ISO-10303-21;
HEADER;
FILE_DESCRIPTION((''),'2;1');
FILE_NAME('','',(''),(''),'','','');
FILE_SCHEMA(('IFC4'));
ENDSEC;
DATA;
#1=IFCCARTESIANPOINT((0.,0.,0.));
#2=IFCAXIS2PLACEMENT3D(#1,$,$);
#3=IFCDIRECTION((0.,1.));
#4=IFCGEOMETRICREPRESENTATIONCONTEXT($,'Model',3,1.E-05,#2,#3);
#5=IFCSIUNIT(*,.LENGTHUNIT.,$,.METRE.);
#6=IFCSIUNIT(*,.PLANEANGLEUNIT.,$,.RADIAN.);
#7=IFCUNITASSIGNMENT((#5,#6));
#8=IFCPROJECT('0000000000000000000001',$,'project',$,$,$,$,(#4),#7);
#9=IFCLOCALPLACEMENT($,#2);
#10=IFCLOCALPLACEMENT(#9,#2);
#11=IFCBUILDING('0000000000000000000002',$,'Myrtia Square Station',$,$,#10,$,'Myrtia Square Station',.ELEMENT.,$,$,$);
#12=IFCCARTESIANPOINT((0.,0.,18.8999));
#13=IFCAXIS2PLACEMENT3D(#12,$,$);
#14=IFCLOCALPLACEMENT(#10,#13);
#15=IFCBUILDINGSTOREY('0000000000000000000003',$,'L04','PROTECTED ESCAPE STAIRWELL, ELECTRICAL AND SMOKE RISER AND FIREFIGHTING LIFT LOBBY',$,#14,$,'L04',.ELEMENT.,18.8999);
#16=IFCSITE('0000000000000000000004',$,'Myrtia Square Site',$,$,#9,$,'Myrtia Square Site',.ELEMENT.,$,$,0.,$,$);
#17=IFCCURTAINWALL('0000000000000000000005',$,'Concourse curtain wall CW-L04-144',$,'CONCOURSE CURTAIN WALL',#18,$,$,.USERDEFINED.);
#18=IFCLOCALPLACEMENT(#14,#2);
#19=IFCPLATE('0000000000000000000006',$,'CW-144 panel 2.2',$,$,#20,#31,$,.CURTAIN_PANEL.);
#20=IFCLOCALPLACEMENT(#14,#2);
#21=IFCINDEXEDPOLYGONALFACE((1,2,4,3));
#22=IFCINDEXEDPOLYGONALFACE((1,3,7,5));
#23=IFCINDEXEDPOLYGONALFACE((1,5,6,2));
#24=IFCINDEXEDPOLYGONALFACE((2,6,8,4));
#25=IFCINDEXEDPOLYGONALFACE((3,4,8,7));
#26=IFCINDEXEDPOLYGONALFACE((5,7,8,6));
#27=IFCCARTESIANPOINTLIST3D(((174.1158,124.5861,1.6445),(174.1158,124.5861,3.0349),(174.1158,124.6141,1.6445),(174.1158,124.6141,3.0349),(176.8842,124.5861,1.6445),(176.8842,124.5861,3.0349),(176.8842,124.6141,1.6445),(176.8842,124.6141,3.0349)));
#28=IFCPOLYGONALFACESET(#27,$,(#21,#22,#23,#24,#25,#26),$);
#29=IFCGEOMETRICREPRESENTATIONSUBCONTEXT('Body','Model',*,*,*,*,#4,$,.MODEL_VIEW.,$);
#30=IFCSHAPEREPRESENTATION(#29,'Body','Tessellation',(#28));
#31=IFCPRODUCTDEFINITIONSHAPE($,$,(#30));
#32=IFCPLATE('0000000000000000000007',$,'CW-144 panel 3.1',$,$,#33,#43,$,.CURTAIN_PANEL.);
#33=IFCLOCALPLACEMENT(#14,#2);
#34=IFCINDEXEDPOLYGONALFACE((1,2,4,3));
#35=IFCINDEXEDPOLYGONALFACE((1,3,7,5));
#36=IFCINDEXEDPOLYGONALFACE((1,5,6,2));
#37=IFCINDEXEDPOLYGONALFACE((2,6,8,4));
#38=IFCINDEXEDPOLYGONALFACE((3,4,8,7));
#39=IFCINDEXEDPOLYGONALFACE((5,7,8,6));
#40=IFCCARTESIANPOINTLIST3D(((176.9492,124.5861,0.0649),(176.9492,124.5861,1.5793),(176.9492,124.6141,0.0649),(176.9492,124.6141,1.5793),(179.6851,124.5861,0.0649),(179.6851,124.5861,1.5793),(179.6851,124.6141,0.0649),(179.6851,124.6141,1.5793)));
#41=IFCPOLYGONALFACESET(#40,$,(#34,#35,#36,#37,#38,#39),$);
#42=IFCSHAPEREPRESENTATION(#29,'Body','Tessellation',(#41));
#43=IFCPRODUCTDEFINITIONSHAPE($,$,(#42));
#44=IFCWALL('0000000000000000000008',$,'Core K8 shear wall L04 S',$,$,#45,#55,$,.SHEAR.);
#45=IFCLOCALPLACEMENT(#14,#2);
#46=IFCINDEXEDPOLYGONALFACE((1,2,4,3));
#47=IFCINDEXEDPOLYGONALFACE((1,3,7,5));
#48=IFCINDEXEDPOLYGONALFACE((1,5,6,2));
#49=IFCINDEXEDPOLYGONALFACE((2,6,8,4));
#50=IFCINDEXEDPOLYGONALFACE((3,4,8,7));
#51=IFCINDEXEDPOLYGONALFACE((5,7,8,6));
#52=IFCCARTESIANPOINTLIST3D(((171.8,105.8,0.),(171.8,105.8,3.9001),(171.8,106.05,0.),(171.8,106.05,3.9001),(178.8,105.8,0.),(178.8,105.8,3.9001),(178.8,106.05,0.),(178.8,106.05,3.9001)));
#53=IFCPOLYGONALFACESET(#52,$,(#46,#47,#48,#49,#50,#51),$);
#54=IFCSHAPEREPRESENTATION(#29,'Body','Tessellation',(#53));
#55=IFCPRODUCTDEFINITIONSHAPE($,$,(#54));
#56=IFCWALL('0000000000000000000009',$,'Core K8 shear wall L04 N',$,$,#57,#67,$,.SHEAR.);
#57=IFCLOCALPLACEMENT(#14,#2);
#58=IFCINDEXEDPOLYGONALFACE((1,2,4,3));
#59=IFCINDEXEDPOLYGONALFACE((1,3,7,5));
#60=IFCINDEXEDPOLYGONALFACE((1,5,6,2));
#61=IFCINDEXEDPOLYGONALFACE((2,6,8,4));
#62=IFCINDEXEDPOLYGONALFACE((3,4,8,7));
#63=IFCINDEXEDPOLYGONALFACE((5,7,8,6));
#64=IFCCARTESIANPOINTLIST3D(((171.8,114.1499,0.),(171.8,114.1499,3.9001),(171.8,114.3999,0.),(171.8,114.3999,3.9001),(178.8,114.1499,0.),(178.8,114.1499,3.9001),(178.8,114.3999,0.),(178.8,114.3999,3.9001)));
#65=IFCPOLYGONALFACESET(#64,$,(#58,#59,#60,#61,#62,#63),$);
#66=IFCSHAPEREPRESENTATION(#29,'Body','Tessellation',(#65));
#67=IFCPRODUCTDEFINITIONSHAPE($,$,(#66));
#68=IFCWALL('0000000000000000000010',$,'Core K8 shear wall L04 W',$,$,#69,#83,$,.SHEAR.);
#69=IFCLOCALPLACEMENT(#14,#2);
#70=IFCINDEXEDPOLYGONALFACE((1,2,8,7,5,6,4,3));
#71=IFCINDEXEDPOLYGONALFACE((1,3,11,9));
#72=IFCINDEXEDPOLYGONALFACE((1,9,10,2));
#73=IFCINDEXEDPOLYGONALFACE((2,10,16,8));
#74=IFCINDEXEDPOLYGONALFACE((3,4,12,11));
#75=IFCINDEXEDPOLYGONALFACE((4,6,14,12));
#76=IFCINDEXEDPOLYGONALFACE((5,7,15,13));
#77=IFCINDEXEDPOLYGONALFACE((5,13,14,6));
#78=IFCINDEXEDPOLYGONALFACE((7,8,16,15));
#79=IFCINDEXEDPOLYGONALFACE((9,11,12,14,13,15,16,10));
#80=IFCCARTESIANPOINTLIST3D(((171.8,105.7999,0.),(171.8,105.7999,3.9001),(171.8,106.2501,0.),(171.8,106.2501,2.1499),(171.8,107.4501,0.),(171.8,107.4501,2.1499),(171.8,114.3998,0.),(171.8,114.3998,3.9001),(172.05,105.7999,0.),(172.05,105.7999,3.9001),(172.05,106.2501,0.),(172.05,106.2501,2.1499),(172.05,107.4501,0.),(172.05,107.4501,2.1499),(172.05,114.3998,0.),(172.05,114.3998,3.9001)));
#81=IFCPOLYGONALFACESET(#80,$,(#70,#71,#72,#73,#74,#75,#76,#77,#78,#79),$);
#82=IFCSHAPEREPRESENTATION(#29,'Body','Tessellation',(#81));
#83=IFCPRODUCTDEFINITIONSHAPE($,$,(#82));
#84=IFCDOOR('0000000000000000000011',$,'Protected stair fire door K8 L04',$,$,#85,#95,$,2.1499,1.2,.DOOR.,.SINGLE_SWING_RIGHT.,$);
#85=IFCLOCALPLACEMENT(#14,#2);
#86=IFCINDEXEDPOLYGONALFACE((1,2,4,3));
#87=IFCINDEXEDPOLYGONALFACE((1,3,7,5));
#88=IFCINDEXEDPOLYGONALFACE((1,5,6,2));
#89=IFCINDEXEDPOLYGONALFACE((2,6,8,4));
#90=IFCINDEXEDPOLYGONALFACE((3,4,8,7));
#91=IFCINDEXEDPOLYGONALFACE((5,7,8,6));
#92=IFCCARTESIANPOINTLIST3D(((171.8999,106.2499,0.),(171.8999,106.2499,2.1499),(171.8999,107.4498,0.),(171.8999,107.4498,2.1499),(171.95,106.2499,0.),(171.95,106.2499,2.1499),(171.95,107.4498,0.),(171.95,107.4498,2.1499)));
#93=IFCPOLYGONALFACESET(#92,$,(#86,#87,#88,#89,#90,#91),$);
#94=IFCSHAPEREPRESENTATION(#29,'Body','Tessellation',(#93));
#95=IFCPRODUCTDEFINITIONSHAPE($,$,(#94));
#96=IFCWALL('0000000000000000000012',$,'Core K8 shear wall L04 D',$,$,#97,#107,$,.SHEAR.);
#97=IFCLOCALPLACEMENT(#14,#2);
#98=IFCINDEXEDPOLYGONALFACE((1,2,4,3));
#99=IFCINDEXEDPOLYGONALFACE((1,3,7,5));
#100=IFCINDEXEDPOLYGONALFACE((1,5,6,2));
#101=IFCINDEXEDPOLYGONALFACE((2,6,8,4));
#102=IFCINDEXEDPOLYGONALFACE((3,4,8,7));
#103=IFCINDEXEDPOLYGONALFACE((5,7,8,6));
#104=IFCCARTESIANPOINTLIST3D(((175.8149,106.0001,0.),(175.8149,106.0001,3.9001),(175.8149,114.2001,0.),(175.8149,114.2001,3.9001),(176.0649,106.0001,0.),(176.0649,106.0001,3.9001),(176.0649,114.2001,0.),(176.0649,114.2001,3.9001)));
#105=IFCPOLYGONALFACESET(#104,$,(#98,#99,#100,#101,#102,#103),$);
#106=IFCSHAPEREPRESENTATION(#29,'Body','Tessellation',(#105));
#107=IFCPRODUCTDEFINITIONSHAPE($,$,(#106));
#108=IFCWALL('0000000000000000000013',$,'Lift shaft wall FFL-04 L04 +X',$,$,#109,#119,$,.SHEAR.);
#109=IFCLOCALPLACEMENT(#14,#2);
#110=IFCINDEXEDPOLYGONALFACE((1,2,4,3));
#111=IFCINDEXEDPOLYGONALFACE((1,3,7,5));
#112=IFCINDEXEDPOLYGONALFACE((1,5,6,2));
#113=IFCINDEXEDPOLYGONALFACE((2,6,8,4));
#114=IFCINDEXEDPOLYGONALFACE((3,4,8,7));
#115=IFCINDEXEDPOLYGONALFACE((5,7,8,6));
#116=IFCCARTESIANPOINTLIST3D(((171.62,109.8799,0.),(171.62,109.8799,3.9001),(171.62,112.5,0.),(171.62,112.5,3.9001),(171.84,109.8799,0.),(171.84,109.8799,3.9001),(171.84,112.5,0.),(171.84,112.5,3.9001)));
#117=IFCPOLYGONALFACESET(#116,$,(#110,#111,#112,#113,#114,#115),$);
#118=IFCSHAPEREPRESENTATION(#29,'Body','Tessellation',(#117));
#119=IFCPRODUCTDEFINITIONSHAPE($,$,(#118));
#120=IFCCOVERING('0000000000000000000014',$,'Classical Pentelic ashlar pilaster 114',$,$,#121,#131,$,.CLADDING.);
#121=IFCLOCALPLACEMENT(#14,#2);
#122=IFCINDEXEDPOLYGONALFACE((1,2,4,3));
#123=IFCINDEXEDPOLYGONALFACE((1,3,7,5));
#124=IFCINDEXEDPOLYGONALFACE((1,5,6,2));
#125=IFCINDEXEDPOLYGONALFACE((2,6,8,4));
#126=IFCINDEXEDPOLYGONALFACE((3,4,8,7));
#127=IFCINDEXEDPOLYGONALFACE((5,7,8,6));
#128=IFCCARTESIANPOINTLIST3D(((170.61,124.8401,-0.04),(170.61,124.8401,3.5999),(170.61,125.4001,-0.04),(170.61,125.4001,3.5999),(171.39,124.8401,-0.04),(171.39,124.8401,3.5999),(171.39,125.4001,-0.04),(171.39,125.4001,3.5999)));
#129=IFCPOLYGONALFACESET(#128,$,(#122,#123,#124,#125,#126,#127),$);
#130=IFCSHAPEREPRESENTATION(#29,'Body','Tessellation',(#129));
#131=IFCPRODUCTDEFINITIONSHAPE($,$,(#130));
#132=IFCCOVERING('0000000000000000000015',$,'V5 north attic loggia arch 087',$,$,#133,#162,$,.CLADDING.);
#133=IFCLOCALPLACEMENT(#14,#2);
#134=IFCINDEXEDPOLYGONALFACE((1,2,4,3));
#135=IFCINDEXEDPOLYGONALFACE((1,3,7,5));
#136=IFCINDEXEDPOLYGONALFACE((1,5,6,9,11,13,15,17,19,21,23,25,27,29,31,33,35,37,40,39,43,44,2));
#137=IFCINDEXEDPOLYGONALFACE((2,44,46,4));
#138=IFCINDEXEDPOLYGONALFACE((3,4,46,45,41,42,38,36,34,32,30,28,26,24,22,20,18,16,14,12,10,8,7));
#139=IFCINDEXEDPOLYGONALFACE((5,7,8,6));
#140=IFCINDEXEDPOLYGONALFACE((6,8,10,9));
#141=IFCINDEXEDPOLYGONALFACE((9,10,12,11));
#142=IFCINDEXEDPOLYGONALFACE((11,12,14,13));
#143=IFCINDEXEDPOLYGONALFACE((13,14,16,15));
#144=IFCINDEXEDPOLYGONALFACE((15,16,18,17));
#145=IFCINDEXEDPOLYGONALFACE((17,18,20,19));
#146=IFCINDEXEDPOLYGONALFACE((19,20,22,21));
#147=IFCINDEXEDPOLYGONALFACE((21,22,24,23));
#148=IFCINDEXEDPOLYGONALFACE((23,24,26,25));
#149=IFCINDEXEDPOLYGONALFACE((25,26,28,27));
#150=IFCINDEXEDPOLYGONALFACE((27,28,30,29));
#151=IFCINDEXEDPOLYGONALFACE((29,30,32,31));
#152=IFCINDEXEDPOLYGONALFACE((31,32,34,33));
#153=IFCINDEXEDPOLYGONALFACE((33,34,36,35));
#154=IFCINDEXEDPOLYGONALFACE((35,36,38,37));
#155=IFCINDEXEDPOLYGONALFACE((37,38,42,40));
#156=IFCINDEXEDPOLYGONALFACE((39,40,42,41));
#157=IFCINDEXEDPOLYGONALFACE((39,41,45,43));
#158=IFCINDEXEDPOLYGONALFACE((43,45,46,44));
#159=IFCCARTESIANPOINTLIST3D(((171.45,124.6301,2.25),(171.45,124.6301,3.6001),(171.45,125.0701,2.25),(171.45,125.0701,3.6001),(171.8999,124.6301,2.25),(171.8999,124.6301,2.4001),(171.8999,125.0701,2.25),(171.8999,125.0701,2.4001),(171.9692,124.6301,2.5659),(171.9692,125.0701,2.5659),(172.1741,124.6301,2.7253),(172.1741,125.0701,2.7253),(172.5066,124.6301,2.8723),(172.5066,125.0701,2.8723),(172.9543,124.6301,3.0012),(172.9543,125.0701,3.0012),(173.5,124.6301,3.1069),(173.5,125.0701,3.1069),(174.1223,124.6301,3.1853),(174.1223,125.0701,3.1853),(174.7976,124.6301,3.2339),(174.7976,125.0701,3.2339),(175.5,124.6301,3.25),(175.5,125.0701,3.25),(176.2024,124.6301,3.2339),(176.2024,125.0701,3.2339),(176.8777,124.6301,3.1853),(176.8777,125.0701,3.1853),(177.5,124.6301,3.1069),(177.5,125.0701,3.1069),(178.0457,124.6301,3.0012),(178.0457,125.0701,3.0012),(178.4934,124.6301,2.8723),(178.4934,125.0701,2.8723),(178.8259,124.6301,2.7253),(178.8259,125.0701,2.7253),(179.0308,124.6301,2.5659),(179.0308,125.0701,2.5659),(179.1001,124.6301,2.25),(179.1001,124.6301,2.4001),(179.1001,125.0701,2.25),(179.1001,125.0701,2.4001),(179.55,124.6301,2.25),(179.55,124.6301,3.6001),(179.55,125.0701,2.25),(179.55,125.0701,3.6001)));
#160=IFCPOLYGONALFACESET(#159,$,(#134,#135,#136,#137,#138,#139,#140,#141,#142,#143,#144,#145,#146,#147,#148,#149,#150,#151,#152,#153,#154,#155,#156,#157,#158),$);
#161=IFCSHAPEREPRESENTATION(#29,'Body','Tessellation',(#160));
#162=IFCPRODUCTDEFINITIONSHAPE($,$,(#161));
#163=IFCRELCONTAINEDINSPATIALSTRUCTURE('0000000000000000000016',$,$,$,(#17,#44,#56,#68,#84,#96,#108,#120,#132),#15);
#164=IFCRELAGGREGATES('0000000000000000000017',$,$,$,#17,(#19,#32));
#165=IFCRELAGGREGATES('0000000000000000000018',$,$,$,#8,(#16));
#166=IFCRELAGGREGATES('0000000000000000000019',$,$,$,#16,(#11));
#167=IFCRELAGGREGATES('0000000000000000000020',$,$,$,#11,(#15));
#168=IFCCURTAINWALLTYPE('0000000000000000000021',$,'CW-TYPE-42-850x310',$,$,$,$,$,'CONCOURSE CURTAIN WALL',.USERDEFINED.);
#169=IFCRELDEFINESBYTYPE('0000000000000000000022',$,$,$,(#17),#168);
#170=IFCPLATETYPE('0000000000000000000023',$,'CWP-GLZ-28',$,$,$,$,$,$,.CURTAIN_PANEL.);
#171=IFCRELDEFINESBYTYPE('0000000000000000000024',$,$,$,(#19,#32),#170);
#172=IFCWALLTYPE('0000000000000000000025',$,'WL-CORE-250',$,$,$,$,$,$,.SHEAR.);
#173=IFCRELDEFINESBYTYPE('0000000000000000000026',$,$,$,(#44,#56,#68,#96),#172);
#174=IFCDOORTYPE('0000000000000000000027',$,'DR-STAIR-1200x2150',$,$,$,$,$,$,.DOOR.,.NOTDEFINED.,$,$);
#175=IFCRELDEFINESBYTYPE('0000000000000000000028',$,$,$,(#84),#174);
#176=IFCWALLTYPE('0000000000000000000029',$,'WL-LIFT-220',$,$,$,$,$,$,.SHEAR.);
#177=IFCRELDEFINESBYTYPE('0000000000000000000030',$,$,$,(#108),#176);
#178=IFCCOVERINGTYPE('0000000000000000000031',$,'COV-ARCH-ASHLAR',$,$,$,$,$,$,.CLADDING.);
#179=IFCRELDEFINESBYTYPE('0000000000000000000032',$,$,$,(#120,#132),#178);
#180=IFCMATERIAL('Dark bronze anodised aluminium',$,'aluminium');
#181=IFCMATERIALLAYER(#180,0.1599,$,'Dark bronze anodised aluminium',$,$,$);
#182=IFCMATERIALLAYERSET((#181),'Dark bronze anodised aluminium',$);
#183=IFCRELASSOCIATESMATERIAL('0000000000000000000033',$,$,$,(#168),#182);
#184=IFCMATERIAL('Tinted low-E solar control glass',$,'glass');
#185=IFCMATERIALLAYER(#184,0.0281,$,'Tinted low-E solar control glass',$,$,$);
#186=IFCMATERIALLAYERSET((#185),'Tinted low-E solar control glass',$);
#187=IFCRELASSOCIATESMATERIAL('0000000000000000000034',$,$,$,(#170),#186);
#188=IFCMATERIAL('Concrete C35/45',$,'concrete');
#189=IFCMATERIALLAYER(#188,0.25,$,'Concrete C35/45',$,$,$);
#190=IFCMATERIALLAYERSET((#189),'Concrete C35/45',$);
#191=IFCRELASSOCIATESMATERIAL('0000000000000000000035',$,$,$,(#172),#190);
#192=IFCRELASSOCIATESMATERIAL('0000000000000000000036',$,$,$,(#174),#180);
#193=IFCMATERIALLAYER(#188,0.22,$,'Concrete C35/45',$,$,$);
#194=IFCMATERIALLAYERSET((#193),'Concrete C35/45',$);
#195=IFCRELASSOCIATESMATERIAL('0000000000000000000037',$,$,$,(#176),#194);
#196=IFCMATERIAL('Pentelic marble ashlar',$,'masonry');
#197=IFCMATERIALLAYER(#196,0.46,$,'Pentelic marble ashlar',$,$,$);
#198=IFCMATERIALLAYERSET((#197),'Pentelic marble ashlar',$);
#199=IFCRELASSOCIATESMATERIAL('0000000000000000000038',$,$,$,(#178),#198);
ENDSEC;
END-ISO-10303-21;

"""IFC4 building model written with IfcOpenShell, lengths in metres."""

from ifc_helpers import new_model, si_unit, direction, frame, frame_2d, origin, origin_2d, place, context, subcontext, project, spatial, polyline, rectangle, outline, extrude, material, layer, layer_set, type_object, element, fill, aggregate, save


model = new_model("IFC4")

# Units and contexts
model_context = context("Model", 3, precision=1e-05, world=origin(), true_north=direction((0.0, 1.0)))
body_context = subcontext(model_context, "Body", "Model", "MODEL_VIEW")
ifc_project = project(units=[si_unit("LENGTHUNIT", "METRE"), si_unit("PLANEANGLEUNIT", "RADIAN")], contexts=[model_context])

# Site, building, storey
site_placement = place(None, origin())
site = spatial("IfcSite", under=ifc_project, at=site_placement, Name="Myrtia Square Site", LongName="Myrtia Square Site", CompositionType="ELEMENT", RefElevation=0.0)
building_placement = place(site_placement, origin())
building = spatial("IfcBuilding", under=site, at=building_placement, Name="Myrtia Square Station", LongName="Myrtia Square Station", CompositionType="ELEMENT")
storey_placement = place(building_placement, frame((0.0, 0.0, 18.8999)))
storey = spatial("IfcBuildingStorey", under=building, at=storey_placement, Name="L04", Description="PROTECTED ESCAPE STAIRWELL, ELECTRICAL AND SMOKE RISER AND FIREFIGHTING LIFT LOBBY", LongName="L04", CompositionType="ELEMENT", Elevation=18.8999)

# Shared definitions
ifc_material_1 = material(Name="Dark bronze anodised aluminium", Category="aluminium")
ifc_layer_1 = layer(ifc_material_1, 0.1599, Name="Dark bronze anodised aluminium")
ifc_layer_set_1 = layer_set([ifc_layer_1], Name="Dark bronze anodised aluminium")
curtain_wall_type = type_object("IfcCurtainWallType", Name="CW-TYPE-42-850x310", ElementType="CONCOURSE CURTAIN WALL", PredefinedType="USERDEFINED", material=ifc_layer_set_1)

# Curtain wall
curtain_wall_1_placement = place(storey_placement, origin())
curtain_wall_1 = element("IfcCurtainWall", 1, at=curtain_wall_1_placement, inside=storey, type_object=curtain_wall_type, Name="Concourse curtain wall CW-L04-144", ObjectType="CONCOURSE CURTAIN WALL", PredefinedType="USERDEFINED")

# Plates
ifc_material_2 = material(Name="Tinted low-E solar control glass", Category="glass")
ifc_layer_2 = layer(ifc_material_2, 0.0281, Name="Tinted low-E solar control glass")
ifc_layer_set_2 = layer_set([ifc_layer_2], Name="Tinted low-E solar control glass")
plate_type_1 = type_object("IfcPlateType", Name="CWP-GLZ-28", PredefinedType="CURTAIN_PANEL", material=ifc_layer_set_2)
plate_1_placement = place(storey_placement, frame((175.5, 124.6001, 1.6445), z_axis=(0.0, 0.0, 1.0), x_axis=(1.0, 0.0, 0.0)))
plate_1 = element("IfcPlate", 2, at=plate_1_placement, type_object=plate_type_1, Name="CW-144 panel 2.2", PredefinedType="CURTAIN_PANEL", context=body_context, shape_type="SweptSolid", body=[
    extrude(rectangle(XDim=2.7683, YDim=0.0281, at=origin_2d()), origin(), (0.0, 0.0, 1.0), 1.3904),
])
plate_2_placement = place(storey_placement, frame((178.3171, 124.6001, 0.0649), z_axis=(0.0, 0.0, 1.0), x_axis=(1.0, 0.0, 0.0)))
plate_2 = element("IfcPlate", 3, at=plate_2_placement, type_object=plate_type_1, Name="CW-144 panel 3.1", PredefinedType="CURTAIN_PANEL", context=body_context, shape_type="SweptSolid", body=[
    extrude(rectangle(XDim=2.7358, YDim=0.0281, at=origin_2d()), origin(), (0.0, 0.0, 1.0), 1.5144),
])
aggregate(curtain_wall_1, [plate_1, plate_2])

# Walls
ifc_material_3 = material(Name="Concrete C35/45", Category="concrete")
ifc_layer_3 = layer(ifc_material_3, 0.25, Name="Concrete C35/45")
ifc_layer_set_3 = layer_set([ifc_layer_3], Name="Concrete C35/45")
wall_type_1 = type_object("IfcWallType", Name="WL-CORE-250", PredefinedType="SHEAR", material=ifc_layer_set_3)
for number, where, z_axis, x_axis, name in (
    (4, (171.8, 105.925, 0.0), (0.0, 0.0, 1.0), (1.0, 0.0, 0.0), "Core K8 shear wall L04 S"),
    (5, (171.8, 114.2749, 0.0), (0.0, 0.0, 1.0), (1.0, 0.0, 0.0), "Core K8 shear wall L04 N"),
):
    element("IfcWall", number, at=place(storey_placement, frame(where, z_axis=z_axis, x_axis=x_axis)), inside=storey, type_object=wall_type_1, Name=name, PredefinedType="SHEAR", context=body_context, shape_type="SweptSolid", body=[
        extrude(rectangle(XDim=7.0, YDim=0.25, at=frame_2d((3.5, 0.0))), origin(), (0.0, 0.0, 1.0), 3.9001),
    ])

# Wall, opening, door
wall_1_placement = place(storey_placement, frame((171.925, 105.8, 0.0), z_axis=(0.0, 0.0, 1.0), x_axis=(0.0, 1.0, 0.0)))
wall_1 = element("IfcWall", 6, at=wall_1_placement, inside=storey, type_object=wall_type_1, Name="Core K8 shear wall L04 W", PredefinedType="SHEAR", context=body_context, shape_type="SweptSolid", body=[
    extrude(rectangle(XDim=8.5999, YDim=0.25, at=frame_2d((4.2998, 0.0))), origin(), (0.0, 0.0, 1.0), 3.9001),
])
opening_placement = place(wall_1_placement, frame((0.45, 0.0, 0.0)))
opening = element("IfcOpeningElement", 7, at=opening_placement, cuts=wall_1, PredefinedType="OPENING", context=body_context, shape_type="SweptSolid", body=[
    extrude(rectangle(XDim=1.2, YDim=2.1499, at=frame_2d((0.6001, 1.075))), frame((0.0, 0.1399, 0.0), z_axis=(0.0, -1.0, 0.0), x_axis=(1.0, 0.0, 0.0)), (0.0, 0.0, 1.0), 0.28),
])
door_type = type_object("IfcDoorType", Name="DR-STAIR-1200x2150", OperationType="NOTDEFINED", PredefinedType="DOOR", material=ifc_material_1)
door_placement = place(opening_placement, frame((1.2, 0.0, 0.0), z_axis=(0.0, 0.0, 1.0), x_axis=(-1.0, 0.0, 0.0)))
door = element("IfcDoor", 8, at=door_placement, inside=storey, type_object=door_type, Name="Protected stair fire door K8 L04", OperationType="SINGLE_SWING_RIGHT", OverallHeight=2.1499, OverallWidth=1.2, PredefinedType="DOOR", context=body_context, shape_type="SweptSolid", body=[
    extrude(rectangle(XDim=1.2, YDim=2.1499, at=frame_2d((0.6001, 1.075))), frame((0.0, 0.0249, 0.0), z_axis=(0.0, -1.0, 0.0), x_axis=(1.0, 0.0, 0.0)), (0.0, 0.0, 1.0), 0.05),
])
fill(opening, door)

# Walls
wall_2_placement = place(storey_placement, frame((175.9399, 106.0, 0.0), z_axis=(0.0, 0.0, 1.0), x_axis=(0.0, 1.0, 0.0)))
element("IfcWall", 9, at=wall_2_placement, inside=storey, type_object=wall_type_1, Name="Core K8 shear wall L04 D", PredefinedType="SHEAR", context=body_context, shape_type="SweptSolid", body=[
    extrude(rectangle(XDim=8.2, YDim=0.25, at=frame_2d((4.1001, 0.0))), origin(), (0.0, 0.0, 1.0), 3.9001),
])
ifc_layer_4 = layer(ifc_material_3, 0.22, Name="Concrete C35/45")
ifc_layer_set_4 = layer_set([ifc_layer_4], Name="Concrete C35/45")
wall_type_2 = type_object("IfcWallType", Name="WL-LIFT-220", PredefinedType="SHEAR", material=ifc_layer_set_4)
wall_3_placement = place(storey_placement, frame((171.73, 109.8799, 0.0), z_axis=(0.0, 0.0, 1.0), x_axis=(0.0, 1.0, 0.0)))
element("IfcWall", 10, at=wall_3_placement, inside=storey, type_object=wall_type_2, Name="Lift shaft wall FFL-04 L04 +X", PredefinedType="SHEAR", context=body_context, shape_type="SweptSolid", body=[
    extrude(rectangle(XDim=2.6201, YDim=0.22, at=frame_2d((1.3101, 0.0))), origin(), (0.0, 0.0, 1.0), 3.9001),
])

# Coverings
ifc_material_4 = material(Name="Pentelic marble ashlar", Category="masonry")
ifc_layer_5 = layer(ifc_material_4, 0.46, Name="Pentelic marble ashlar")
ifc_layer_set_5 = layer_set([ifc_layer_5], Name="Pentelic marble ashlar")
covering_type = type_object("IfcCoveringType", Name="COV-ARCH-ASHLAR", PredefinedType="CLADDING", material=ifc_layer_set_5)
covering_1_placement = place(storey_placement, frame((171.0, 125.1201, -0.04), z_axis=(0.0, 0.0, 1.0), x_axis=(1.0, 0.0, 0.0)))
element("IfcCovering", 11, at=covering_1_placement, inside=storey, type_object=covering_type, Name="Classical Pentelic ashlar pilaster 114", PredefinedType="CLADDING", context=body_context, shape_type="SweptSolid", body=[
    extrude(rectangle(XDim=0.78, YDim=0.5601, at=origin_2d()), origin(), (0.0, 0.0, 1.0), 3.6399),
])
covering_2_placement = place(storey_placement, frame((171.45, 124.8501, 2.25), z_axis=(0.0, 0.0, 1.0), x_axis=(1.0, 0.0, 0.0)))
element("IfcCovering", 12, at=covering_2_placement, inside=storey, type_object=covering_type, Name="V5 north attic loggia arch 087", PredefinedType="CLADDING", context=body_context, shape_type="SweptSolid", body=[
    extrude(outline(polyline([(0.0, 0.0), (0.45, 0.0), (0.45, 0.1501), (0.5193, 0.3159), (0.7241, 0.4753), (1.0566, 0.6223), (1.5044, 0.7512), (2.05, 0.8569), (2.6724, 0.9353), (3.3477, 0.9839), (4.05, 1.0), (4.7524, 0.9839), (5.4277, 0.9353), (6.05, 0.8569), (6.5957, 0.7512), (7.0435, 0.6223), (7.376, 0.4753), (7.5808, 0.3159), (7.6501, 0.1501), (7.6501, 0.0), (8.1001, 0.0), (8.1001, 1.3501), (0.0, 1.3501), (0.0, 0.0)])), frame((0.0, 0.22, 0.0), z_axis=(0.0, -1.0, 0.0), x_axis=(1.0, 0.0, 0.0)), (0.0, 0.0, 1.0), 0.4399),
])

save(model, "model.ifc")
